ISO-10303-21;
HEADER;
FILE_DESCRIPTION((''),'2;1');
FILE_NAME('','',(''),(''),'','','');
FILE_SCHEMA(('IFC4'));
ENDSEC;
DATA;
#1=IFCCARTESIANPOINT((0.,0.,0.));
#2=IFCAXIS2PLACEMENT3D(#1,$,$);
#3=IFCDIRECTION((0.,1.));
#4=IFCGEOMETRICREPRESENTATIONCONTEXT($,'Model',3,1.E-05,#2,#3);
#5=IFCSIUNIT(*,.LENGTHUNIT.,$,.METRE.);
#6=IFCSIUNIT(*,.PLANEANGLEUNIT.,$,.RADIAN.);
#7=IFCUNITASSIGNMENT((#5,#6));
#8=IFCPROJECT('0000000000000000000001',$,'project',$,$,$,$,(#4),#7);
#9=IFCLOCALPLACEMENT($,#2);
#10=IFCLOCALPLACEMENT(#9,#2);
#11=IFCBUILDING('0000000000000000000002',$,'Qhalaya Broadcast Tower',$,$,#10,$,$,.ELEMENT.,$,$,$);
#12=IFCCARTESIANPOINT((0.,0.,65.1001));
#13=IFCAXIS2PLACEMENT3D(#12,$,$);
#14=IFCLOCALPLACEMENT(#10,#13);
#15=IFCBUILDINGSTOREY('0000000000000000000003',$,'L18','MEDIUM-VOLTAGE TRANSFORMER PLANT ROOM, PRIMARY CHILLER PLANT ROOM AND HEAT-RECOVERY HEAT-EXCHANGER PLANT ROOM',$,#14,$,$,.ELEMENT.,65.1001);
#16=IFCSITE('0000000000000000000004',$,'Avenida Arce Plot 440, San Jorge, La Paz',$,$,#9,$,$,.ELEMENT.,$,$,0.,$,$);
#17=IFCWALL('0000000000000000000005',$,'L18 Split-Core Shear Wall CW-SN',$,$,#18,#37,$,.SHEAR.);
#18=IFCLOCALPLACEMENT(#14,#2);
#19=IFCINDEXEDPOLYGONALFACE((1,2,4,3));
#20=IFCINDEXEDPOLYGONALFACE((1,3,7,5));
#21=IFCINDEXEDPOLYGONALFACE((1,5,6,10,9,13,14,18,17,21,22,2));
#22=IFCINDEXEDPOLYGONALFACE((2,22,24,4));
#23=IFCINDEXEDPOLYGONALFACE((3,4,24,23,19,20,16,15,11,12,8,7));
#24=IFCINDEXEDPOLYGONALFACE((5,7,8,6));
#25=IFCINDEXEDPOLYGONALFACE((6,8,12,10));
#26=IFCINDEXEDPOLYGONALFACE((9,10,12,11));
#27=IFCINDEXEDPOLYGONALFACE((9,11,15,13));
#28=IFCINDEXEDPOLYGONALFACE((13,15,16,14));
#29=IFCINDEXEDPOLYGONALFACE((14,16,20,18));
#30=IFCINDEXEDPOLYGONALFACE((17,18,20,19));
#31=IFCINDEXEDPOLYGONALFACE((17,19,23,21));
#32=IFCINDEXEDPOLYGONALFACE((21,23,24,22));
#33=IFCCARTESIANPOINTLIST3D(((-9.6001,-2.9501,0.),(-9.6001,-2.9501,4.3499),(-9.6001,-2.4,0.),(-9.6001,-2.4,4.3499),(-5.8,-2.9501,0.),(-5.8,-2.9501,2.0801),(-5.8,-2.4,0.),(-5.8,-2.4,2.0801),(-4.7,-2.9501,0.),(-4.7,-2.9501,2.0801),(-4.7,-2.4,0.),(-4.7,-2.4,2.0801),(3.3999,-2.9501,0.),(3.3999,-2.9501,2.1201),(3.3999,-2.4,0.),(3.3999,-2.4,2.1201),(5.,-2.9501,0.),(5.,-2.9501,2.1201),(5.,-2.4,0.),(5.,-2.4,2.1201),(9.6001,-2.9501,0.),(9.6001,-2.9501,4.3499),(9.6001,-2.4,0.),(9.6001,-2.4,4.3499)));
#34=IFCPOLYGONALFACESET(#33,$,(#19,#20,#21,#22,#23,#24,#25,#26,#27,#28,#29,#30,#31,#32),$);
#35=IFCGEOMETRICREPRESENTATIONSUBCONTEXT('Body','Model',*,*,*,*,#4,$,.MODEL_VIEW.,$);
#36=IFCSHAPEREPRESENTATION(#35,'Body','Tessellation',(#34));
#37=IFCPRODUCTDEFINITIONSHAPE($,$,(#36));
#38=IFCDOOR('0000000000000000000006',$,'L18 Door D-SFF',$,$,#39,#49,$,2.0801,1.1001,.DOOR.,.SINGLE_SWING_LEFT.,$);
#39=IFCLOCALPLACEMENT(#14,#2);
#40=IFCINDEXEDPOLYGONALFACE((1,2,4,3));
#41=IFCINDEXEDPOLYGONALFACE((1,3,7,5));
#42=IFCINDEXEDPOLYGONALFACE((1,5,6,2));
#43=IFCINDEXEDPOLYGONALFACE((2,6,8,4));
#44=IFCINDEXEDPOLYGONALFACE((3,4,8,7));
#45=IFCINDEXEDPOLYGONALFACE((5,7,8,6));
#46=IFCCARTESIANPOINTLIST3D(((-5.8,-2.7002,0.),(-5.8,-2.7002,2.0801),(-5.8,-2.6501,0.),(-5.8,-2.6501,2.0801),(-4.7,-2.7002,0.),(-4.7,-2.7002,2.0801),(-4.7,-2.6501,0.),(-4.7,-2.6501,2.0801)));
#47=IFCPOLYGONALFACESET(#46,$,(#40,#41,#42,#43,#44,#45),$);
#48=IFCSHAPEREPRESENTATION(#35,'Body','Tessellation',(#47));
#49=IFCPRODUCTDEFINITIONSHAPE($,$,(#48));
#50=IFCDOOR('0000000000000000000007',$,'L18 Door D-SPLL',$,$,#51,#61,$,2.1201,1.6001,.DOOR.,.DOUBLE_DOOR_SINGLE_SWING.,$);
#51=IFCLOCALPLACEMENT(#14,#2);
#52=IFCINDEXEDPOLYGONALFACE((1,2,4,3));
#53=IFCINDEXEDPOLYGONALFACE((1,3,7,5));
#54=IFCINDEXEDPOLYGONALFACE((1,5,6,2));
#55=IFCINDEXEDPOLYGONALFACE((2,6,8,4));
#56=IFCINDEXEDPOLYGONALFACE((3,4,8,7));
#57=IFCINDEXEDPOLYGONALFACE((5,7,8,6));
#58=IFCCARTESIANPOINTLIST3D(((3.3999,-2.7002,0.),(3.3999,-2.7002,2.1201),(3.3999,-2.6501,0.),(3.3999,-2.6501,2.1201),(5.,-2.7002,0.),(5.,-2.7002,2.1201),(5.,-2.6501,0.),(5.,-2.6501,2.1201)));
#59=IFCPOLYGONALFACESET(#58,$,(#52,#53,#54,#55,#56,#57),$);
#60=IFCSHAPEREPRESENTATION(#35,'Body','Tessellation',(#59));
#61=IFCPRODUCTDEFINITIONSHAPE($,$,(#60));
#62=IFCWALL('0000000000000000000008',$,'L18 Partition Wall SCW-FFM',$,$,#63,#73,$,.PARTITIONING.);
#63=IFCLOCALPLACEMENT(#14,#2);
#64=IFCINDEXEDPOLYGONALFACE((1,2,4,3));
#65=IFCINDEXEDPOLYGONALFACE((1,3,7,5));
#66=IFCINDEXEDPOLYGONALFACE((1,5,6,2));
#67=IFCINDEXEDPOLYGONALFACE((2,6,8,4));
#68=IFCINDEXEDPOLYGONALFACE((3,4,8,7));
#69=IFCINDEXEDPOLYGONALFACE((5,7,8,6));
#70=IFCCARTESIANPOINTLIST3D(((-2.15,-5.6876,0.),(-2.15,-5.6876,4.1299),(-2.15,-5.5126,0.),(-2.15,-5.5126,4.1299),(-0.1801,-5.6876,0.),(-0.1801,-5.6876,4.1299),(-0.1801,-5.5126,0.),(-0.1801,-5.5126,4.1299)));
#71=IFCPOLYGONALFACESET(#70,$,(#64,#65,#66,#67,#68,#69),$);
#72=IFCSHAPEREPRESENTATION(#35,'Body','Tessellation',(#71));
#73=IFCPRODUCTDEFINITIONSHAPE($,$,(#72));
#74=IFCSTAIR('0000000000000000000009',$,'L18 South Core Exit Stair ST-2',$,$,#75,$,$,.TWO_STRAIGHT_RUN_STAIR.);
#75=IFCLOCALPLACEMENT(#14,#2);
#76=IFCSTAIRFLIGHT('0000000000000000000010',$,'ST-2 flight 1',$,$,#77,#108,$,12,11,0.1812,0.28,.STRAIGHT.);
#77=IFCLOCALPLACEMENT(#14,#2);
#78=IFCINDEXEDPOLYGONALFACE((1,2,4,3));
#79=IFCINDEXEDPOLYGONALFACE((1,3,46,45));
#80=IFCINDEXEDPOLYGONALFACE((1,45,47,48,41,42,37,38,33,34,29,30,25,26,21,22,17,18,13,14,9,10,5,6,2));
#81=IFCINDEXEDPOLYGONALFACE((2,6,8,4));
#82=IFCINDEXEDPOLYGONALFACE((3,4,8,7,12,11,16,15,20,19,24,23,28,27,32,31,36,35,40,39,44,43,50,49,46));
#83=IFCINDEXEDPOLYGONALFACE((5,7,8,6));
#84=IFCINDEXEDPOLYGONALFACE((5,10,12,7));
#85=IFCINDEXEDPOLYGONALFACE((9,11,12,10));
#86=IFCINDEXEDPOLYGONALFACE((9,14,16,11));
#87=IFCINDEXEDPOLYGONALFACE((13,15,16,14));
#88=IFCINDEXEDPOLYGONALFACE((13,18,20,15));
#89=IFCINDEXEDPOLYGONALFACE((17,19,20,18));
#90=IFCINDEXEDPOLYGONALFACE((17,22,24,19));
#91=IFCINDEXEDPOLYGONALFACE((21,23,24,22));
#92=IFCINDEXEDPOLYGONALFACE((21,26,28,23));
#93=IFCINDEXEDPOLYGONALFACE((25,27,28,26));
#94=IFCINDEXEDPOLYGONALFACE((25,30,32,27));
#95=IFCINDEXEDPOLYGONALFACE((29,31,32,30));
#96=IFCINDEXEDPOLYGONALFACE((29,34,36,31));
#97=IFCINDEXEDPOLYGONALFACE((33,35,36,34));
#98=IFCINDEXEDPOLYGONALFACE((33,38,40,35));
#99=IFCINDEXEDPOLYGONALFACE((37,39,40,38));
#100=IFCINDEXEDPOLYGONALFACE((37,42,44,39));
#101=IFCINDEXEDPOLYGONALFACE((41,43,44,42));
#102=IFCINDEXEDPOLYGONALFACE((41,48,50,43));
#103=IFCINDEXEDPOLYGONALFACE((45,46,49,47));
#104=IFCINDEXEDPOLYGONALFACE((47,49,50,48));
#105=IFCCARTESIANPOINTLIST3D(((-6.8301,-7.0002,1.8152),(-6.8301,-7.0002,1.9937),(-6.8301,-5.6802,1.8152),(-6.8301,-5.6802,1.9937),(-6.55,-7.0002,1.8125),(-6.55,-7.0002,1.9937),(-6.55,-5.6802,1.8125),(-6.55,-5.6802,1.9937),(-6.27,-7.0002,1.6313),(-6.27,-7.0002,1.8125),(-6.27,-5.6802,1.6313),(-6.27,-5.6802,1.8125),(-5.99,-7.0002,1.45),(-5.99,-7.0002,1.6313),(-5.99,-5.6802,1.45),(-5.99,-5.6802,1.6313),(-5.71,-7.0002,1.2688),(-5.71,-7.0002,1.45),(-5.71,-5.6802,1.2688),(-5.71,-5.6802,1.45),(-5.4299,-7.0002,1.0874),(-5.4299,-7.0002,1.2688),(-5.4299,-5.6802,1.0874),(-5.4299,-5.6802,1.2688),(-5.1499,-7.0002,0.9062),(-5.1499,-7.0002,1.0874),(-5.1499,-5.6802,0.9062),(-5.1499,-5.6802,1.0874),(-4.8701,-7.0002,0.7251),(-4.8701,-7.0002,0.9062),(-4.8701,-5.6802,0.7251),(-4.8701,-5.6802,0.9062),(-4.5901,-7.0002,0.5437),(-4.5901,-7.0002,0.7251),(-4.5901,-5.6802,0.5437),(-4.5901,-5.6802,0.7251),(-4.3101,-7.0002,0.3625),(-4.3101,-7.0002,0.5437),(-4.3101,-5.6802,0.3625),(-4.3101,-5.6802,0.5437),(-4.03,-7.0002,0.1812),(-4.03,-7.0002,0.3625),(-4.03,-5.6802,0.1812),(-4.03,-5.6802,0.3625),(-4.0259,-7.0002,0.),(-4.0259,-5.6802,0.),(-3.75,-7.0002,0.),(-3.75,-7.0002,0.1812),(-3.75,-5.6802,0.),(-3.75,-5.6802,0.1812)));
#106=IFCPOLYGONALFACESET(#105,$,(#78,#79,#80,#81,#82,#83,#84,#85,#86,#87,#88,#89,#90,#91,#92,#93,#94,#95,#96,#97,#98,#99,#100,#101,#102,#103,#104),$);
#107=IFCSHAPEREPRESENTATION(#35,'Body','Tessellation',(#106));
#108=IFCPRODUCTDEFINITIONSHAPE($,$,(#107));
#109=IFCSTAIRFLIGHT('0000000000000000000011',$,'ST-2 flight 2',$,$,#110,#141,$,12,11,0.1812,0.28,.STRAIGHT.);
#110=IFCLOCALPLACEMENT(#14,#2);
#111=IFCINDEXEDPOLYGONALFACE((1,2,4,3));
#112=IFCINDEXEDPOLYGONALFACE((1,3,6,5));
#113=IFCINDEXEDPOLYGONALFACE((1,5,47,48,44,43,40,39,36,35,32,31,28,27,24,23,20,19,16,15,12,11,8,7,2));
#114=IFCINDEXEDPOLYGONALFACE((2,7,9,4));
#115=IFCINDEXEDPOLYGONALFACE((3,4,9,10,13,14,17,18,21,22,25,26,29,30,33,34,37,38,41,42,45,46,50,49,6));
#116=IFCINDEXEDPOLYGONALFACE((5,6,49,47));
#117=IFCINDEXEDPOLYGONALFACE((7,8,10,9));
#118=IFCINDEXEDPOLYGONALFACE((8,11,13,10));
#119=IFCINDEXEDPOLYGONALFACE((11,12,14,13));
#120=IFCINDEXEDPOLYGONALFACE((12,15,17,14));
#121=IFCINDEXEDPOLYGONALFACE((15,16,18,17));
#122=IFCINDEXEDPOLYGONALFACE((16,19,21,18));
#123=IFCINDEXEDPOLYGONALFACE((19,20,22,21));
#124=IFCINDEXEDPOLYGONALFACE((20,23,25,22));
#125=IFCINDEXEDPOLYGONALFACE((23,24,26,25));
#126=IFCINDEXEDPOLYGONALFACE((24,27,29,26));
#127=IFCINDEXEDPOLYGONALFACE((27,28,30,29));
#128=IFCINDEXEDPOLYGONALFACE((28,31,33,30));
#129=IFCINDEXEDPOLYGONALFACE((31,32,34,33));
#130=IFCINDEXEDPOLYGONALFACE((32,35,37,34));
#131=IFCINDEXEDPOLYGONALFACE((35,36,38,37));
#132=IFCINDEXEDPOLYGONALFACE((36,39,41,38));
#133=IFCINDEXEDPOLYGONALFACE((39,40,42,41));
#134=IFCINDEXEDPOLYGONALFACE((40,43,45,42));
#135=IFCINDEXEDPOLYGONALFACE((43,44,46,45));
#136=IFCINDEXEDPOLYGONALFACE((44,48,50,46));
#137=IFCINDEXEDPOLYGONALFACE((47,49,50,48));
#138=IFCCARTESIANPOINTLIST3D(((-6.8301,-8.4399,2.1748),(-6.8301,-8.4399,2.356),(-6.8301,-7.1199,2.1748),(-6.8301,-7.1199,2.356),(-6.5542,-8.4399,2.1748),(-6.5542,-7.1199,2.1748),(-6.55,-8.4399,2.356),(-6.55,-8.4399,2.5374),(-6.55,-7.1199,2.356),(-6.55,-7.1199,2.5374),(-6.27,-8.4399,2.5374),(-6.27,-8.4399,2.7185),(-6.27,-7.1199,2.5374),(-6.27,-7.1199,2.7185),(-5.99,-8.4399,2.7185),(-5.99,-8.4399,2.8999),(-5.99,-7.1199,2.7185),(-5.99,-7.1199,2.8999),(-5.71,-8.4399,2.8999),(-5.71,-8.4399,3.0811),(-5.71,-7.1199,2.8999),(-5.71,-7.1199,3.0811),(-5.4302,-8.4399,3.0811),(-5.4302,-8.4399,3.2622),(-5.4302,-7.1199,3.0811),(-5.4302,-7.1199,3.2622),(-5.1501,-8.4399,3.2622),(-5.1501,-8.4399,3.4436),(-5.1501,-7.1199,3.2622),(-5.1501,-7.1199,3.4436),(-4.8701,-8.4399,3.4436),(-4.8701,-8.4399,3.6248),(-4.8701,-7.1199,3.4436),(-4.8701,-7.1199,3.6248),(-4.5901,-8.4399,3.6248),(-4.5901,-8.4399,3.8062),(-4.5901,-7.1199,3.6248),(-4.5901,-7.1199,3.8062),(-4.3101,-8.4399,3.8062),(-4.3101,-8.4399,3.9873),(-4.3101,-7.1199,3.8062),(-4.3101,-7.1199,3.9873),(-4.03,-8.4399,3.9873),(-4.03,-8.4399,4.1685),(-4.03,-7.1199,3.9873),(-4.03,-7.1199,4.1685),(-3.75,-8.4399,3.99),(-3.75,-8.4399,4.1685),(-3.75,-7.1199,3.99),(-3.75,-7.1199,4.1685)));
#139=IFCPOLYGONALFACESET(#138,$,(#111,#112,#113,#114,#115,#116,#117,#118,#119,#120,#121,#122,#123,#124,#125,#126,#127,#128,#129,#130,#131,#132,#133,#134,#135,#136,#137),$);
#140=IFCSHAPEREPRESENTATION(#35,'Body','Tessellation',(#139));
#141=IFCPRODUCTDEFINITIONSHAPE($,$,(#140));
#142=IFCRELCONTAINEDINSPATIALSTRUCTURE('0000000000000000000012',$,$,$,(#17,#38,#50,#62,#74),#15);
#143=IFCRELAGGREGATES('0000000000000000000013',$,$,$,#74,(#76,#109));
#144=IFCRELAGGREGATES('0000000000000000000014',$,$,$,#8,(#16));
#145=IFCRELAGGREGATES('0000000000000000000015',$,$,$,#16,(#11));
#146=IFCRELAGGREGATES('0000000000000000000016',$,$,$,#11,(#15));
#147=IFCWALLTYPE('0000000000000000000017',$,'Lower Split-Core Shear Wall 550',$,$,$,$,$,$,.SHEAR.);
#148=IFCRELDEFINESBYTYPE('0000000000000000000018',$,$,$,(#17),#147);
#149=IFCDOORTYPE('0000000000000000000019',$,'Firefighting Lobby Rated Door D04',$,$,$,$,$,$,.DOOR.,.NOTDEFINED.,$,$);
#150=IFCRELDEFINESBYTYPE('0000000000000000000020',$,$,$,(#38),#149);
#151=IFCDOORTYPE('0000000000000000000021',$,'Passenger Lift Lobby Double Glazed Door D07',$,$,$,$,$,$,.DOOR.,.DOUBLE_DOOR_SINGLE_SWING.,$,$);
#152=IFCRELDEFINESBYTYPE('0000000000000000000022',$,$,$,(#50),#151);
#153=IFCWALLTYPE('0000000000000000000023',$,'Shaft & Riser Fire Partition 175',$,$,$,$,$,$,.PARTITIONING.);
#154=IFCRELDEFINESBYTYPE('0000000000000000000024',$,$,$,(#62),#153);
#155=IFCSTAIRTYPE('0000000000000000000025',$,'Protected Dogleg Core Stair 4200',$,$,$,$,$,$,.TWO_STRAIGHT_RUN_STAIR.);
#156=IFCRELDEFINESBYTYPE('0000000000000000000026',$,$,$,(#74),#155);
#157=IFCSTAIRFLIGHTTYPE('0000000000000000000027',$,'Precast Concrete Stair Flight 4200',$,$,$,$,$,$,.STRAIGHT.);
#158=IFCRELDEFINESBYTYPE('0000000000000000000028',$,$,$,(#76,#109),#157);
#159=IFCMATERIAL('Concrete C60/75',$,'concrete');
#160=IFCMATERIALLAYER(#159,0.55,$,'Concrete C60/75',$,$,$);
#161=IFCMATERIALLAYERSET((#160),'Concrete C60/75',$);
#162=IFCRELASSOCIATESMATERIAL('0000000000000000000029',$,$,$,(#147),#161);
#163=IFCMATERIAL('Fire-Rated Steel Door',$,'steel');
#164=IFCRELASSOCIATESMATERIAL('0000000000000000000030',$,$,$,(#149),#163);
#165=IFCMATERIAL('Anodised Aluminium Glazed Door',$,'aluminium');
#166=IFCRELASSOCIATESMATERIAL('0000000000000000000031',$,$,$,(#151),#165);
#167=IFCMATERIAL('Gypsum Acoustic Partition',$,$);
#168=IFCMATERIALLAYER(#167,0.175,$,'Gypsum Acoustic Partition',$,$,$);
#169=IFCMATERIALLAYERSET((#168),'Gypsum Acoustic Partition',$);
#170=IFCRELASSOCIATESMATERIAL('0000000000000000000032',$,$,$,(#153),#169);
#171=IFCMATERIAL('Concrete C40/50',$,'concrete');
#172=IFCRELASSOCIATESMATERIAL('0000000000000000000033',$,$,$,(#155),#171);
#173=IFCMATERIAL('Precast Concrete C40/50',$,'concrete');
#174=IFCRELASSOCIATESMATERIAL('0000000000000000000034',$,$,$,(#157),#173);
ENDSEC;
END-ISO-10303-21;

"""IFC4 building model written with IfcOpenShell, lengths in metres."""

from ifc_helpers import new_model, si_unit, direction, frame, frame_2d, origin, place, context, subcontext, project, spatial, polyline, rectangle, outline, extrude, material, layer, layer_set, type_object, element, fill, aggregate, save


model = new_model("IFC4")

# Units and contexts
model_context = context("Model", 3, precision=1e-05, world=origin(), true_north=direction((0.0, 1.0)))
body_context = subcontext(model_context, "Body", "Model", "MODEL_VIEW")
ifc_project = project(units=[si_unit("LENGTHUNIT", "METRE"), si_unit("PLANEANGLEUNIT", "RADIAN")], contexts=[model_context])

# Site, building, storey
site_placement = place(None, origin())
site = spatial("IfcSite", under=ifc_project, at=site_placement, Name="Avenida Arce Plot 440, San Jorge, La Paz", CompositionType="ELEMENT", RefElevation=0.0)
building_placement = place(site_placement, origin())
building = spatial("IfcBuilding", under=site, at=building_placement, Name="Qhalaya Broadcast Tower", CompositionType="ELEMENT")
storey_placement = place(building_placement, frame((0.0, 0.0, 65.1001)))
storey = spatial("IfcBuildingStorey", under=building, at=storey_placement, Name="L18", Description="MEDIUM-VOLTAGE TRANSFORMER PLANT ROOM, PRIMARY CHILLER PLANT ROOM AND HEAT-RECOVERY HEAT-EXCHANGER PLANT ROOM", CompositionType="ELEMENT", Elevation=65.1001)

# Shared definitions
ifc_material_1 = material(Name="Fire-Rated Steel Door", Category="steel")

# Wall, openings, doors
ifc_material_2 = material(Name="Concrete C60/75", Category="concrete")
ifc_layer_1 = layer(ifc_material_2, 0.55, Name="Concrete C60/75")
ifc_layer_set_1 = layer_set([ifc_layer_1], Name="Concrete C60/75")
wall_type_1 = type_object("IfcWallType", Name="Lower Split-Core Shear Wall 550", PredefinedType="SHEAR", material=ifc_layer_set_1)
wall_1_placement = place(storey_placement, frame((-9.6001, -2.675, 0.0), z_axis=(0.0, 0.0, 1.0), x_axis=(1.0, 0.0, 0.0)))
wall_1 = element("IfcWall", 1, at=wall_1_placement, inside=storey, type_object=wall_type_1, Name="L18 Split-Core Shear Wall CW-SN", PredefinedType="SHEAR", context=body_context, shape_type="SweptSolid", body=[
    extrude(rectangle(XDim=19.2002, YDim=0.55, at=frame_2d((9.6001, 0.0))), origin(), (0.0, 0.0, 1.0), 4.3499),
])
opening_1_placement = place(wall_1_placement, frame((3.8, 0.0, 0.0)))
opening_1 = element("IfcOpeningElement", 2, at=opening_1_placement, cuts=wall_1, PredefinedType="OPENING", context=body_context, shape_type="SweptSolid", body=[
    extrude(rectangle(XDim=1.1001, YDim=2.0801, at=frame_2d((0.55, 1.04))), frame((0.0, 0.2871, 0.0), z_axis=(0.0, -1.0, 0.0), x_axis=(1.0, 0.0, 0.0)), (0.0, 0.0, 1.0), 0.574),
])
opening_2_placement = place(wall_1_placement, frame((13.0, 0.0, 0.0)))
opening_2 = element("IfcOpeningElement", 3, at=opening_2_placement, cuts=wall_1, PredefinedType="OPENING", context=body_context, shape_type="SweptSolid", body=[
    extrude(rectangle(XDim=1.6001, YDim=2.1201, at=frame_2d((0.8, 1.0601))), frame((0.0, 0.2871, 0.0), z_axis=(0.0, -1.0, 0.0), x_axis=(1.0, 0.0, 0.0)), (0.0, 0.0, 1.0), 0.574),
])
door_type_1 = type_object("IfcDoorType", Name="Firefighting Lobby Rated Door D04", OperationType="NOTDEFINED", PredefinedType="DOOR", material=ifc_material_1)
door_1_placement = place(opening_1_placement, origin())
door_1 = element("IfcDoor", 4, at=door_1_placement, inside=storey, type_object=door_type_1, Name="L18 Door D-SFF", OperationType="SINGLE_SWING_LEFT", OverallHeight=2.0801, OverallWidth=1.1001, PredefinedType="DOOR", context=body_context, shape_type="SweptSolid", body=[
    extrude(rectangle(XDim=1.1001, YDim=2.0801, at=frame_2d((0.55, 1.04))), frame((0.0, 0.0249, 0.0), z_axis=(0.0, -1.0, 0.0), x_axis=(1.0, 0.0, 0.0)), (0.0, 0.0, 1.0), 0.05),
])
fill(opening_1, door_1)
ifc_material_3 = material(Name="Anodised Aluminium Glazed Door", Category="aluminium")
door_type_2 = type_object("IfcDoorType", Name="Passenger Lift Lobby Double Glazed Door D07", OperationType="DOUBLE_DOOR_SINGLE_SWING", PredefinedType="DOOR", material=ifc_material_3)
door_2_placement = place(opening_2_placement, origin())
door_2 = element("IfcDoor", 5, at=door_2_placement, inside=storey, type_object=door_type_2, Name="L18 Door D-SPLL", OperationType="DOUBLE_DOOR_SINGLE_SWING", OverallHeight=2.1201, OverallWidth=1.6001, PredefinedType="DOOR", context=body_context, shape_type="SweptSolid", body=[
    extrude(rectangle(XDim=1.6001, YDim=2.1201, at=frame_2d((0.8, 1.0601))), frame((0.0, 0.0249, 0.0), z_axis=(0.0, -1.0, 0.0), x_axis=(1.0, 0.0, 0.0)), (0.0, 0.0, 1.0), 0.05),
])
fill(opening_2, door_2)

# Wall
ifc_material_4 = material(Name="Gypsum Acoustic Partition")
ifc_layer_2 = layer(ifc_material_4, 0.175, Name="Gypsum Acoustic Partition")
ifc_layer_set_2 = layer_set([ifc_layer_2], Name="Gypsum Acoustic Partition")
wall_type_2 = type_object("IfcWallType", Name="Shaft & Riser Fire Partition 175", PredefinedType="PARTITIONING", material=ifc_layer_set_2)
wall_2_placement = place(storey_placement, frame((-2.1499, -5.6001, 0.0), z_axis=(0.0, 0.0, 1.0), x_axis=(1.0, 0.0, 0.0)))
element("IfcWall", 6, at=wall_2_placement, inside=storey, type_object=wall_type_2, Name="L18 Partition Wall SCW-FFM", PredefinedType="PARTITIONING", context=body_context, shape_type="SweptSolid", body=[
    extrude(rectangle(XDim=1.97, YDim=0.175, at=frame_2d((0.9849, 0.0))), origin(), (0.0, 0.0, 1.0), 4.1299),
])

# Stair, stair flights
ifc_material_5 = material(Name="Concrete C40/50", Category="concrete")
stair_type = type_object("IfcStairType", Name="Protected Dogleg Core Stair 4200", PredefinedType="TWO_STRAIGHT_RUN_STAIR", material=ifc_material_5)
stair_placement = place(storey_placement, origin())
stair = element("IfcStair", 7, at=stair_placement, inside=storey, type_object=stair_type, Name="L18 South Core Exit Stair ST-2", PredefinedType="TWO_STRAIGHT_RUN_STAIR")
ifc_material_6 = material(Name="Precast Concrete C40/50", Category="concrete")
stair_flight_type = type_object("IfcStairFlightType", Name="Precast Concrete Stair Flight 4200", PredefinedType="STRAIGHT", material=ifc_material_6)
stair_flight_1_placement = place(storey_placement, frame((-3.75, -6.3401, 0.0), z_axis=(0.0, 0.0, 1.0), x_axis=(-1.0, 0.0, 0.0)))
stair_flight_1 = element("IfcStairFlight", 8, at=stair_flight_1_placement, type_object=stair_flight_type, Name="ST-2 flight 1", NumberOfRisers=12, NumberOfTreads=11, PredefinedType="STRAIGHT", RiserHeight=0.1812, TreadLength=0.28, context=body_context, shape_type="SweptSolid", body=[
    extrude(outline(polyline([(0.0, 0.0), (0.0, 0.1812), (0.28, 0.1812), (0.28, 0.3625), (0.5601, 0.3625), (0.5601, 0.5437), (0.8401, 0.5437), (0.8401, 0.7251), (1.1201, 0.7251), (1.1201, 0.9062), (1.3999, 0.9062), (1.3999, 1.0874), (1.6799, 1.0874), (1.6799, 1.2688), (1.96, 1.2688), (1.96, 1.45), (2.24, 1.45), (2.24, 1.6313), (2.52, 1.6313), (2.52, 1.8125), (2.8, 1.8125), (2.8, 1.9937), (3.0801, 1.9937), (3.0801, 2.175), (3.0801, 1.8152), (0.2759, 0.0), (0.0, 0.0)])), frame((0.0, 0.6602, 0.0), z_axis=(0.0, -1.0, 0.0), x_axis=(1.0, 0.0, 0.0)), (0.0, 0.0, 1.0), 1.3201),
])
stair_flight_2_placement = place(storey_placement, frame((-6.8301, -7.78, 2.1748), z_axis=(0.0, 0.0, 1.0), x_axis=(1.0, 0.0, 0.0)))
stair_flight_2 = element("IfcStairFlight", 9, at=stair_flight_2_placement, type_object=stair_flight_type, Name="ST-2 flight 2", NumberOfRisers=12, NumberOfTreads=11, PredefinedType="STRAIGHT", RiserHeight=0.1812, TreadLength=0.28, context=body_context, shape_type="SweptSolid", body=[
    extrude(outline(polyline([(0.0, 0.0), (0.0, 0.1812), (0.28, 0.1812), (0.28, 0.3625), (0.5601, 0.3625), (0.5601, 0.5437), (0.8401, 0.5437), (0.8401, 0.7251), (1.1201, 0.7251), (1.1201, 0.9062), (1.3999, 0.9062), (1.3999, 1.0874), (1.6799, 1.0874), (1.6799, 1.2688), (1.96, 1.2688), (1.96, 1.45), (2.24, 1.45), (2.24, 1.6313), (2.52, 1.6313), (2.52, 1.8125), (2.8, 1.8125), (2.8, 1.9937), (3.0801, 1.9937), (3.0801, 2.175), (3.0801, 1.8152), (0.2759, 0.0), (0.0, 0.0)])), frame((0.0, 0.6602, 0.0), z_axis=(0.0, -1.0, 0.0), x_axis=(1.0, 0.0, 0.0)), (0.0, 0.0, 1.0), 1.3201),
])
aggregate(stair, [stair_flight_1, stair_flight_2])

save(model, "model.ifc")
